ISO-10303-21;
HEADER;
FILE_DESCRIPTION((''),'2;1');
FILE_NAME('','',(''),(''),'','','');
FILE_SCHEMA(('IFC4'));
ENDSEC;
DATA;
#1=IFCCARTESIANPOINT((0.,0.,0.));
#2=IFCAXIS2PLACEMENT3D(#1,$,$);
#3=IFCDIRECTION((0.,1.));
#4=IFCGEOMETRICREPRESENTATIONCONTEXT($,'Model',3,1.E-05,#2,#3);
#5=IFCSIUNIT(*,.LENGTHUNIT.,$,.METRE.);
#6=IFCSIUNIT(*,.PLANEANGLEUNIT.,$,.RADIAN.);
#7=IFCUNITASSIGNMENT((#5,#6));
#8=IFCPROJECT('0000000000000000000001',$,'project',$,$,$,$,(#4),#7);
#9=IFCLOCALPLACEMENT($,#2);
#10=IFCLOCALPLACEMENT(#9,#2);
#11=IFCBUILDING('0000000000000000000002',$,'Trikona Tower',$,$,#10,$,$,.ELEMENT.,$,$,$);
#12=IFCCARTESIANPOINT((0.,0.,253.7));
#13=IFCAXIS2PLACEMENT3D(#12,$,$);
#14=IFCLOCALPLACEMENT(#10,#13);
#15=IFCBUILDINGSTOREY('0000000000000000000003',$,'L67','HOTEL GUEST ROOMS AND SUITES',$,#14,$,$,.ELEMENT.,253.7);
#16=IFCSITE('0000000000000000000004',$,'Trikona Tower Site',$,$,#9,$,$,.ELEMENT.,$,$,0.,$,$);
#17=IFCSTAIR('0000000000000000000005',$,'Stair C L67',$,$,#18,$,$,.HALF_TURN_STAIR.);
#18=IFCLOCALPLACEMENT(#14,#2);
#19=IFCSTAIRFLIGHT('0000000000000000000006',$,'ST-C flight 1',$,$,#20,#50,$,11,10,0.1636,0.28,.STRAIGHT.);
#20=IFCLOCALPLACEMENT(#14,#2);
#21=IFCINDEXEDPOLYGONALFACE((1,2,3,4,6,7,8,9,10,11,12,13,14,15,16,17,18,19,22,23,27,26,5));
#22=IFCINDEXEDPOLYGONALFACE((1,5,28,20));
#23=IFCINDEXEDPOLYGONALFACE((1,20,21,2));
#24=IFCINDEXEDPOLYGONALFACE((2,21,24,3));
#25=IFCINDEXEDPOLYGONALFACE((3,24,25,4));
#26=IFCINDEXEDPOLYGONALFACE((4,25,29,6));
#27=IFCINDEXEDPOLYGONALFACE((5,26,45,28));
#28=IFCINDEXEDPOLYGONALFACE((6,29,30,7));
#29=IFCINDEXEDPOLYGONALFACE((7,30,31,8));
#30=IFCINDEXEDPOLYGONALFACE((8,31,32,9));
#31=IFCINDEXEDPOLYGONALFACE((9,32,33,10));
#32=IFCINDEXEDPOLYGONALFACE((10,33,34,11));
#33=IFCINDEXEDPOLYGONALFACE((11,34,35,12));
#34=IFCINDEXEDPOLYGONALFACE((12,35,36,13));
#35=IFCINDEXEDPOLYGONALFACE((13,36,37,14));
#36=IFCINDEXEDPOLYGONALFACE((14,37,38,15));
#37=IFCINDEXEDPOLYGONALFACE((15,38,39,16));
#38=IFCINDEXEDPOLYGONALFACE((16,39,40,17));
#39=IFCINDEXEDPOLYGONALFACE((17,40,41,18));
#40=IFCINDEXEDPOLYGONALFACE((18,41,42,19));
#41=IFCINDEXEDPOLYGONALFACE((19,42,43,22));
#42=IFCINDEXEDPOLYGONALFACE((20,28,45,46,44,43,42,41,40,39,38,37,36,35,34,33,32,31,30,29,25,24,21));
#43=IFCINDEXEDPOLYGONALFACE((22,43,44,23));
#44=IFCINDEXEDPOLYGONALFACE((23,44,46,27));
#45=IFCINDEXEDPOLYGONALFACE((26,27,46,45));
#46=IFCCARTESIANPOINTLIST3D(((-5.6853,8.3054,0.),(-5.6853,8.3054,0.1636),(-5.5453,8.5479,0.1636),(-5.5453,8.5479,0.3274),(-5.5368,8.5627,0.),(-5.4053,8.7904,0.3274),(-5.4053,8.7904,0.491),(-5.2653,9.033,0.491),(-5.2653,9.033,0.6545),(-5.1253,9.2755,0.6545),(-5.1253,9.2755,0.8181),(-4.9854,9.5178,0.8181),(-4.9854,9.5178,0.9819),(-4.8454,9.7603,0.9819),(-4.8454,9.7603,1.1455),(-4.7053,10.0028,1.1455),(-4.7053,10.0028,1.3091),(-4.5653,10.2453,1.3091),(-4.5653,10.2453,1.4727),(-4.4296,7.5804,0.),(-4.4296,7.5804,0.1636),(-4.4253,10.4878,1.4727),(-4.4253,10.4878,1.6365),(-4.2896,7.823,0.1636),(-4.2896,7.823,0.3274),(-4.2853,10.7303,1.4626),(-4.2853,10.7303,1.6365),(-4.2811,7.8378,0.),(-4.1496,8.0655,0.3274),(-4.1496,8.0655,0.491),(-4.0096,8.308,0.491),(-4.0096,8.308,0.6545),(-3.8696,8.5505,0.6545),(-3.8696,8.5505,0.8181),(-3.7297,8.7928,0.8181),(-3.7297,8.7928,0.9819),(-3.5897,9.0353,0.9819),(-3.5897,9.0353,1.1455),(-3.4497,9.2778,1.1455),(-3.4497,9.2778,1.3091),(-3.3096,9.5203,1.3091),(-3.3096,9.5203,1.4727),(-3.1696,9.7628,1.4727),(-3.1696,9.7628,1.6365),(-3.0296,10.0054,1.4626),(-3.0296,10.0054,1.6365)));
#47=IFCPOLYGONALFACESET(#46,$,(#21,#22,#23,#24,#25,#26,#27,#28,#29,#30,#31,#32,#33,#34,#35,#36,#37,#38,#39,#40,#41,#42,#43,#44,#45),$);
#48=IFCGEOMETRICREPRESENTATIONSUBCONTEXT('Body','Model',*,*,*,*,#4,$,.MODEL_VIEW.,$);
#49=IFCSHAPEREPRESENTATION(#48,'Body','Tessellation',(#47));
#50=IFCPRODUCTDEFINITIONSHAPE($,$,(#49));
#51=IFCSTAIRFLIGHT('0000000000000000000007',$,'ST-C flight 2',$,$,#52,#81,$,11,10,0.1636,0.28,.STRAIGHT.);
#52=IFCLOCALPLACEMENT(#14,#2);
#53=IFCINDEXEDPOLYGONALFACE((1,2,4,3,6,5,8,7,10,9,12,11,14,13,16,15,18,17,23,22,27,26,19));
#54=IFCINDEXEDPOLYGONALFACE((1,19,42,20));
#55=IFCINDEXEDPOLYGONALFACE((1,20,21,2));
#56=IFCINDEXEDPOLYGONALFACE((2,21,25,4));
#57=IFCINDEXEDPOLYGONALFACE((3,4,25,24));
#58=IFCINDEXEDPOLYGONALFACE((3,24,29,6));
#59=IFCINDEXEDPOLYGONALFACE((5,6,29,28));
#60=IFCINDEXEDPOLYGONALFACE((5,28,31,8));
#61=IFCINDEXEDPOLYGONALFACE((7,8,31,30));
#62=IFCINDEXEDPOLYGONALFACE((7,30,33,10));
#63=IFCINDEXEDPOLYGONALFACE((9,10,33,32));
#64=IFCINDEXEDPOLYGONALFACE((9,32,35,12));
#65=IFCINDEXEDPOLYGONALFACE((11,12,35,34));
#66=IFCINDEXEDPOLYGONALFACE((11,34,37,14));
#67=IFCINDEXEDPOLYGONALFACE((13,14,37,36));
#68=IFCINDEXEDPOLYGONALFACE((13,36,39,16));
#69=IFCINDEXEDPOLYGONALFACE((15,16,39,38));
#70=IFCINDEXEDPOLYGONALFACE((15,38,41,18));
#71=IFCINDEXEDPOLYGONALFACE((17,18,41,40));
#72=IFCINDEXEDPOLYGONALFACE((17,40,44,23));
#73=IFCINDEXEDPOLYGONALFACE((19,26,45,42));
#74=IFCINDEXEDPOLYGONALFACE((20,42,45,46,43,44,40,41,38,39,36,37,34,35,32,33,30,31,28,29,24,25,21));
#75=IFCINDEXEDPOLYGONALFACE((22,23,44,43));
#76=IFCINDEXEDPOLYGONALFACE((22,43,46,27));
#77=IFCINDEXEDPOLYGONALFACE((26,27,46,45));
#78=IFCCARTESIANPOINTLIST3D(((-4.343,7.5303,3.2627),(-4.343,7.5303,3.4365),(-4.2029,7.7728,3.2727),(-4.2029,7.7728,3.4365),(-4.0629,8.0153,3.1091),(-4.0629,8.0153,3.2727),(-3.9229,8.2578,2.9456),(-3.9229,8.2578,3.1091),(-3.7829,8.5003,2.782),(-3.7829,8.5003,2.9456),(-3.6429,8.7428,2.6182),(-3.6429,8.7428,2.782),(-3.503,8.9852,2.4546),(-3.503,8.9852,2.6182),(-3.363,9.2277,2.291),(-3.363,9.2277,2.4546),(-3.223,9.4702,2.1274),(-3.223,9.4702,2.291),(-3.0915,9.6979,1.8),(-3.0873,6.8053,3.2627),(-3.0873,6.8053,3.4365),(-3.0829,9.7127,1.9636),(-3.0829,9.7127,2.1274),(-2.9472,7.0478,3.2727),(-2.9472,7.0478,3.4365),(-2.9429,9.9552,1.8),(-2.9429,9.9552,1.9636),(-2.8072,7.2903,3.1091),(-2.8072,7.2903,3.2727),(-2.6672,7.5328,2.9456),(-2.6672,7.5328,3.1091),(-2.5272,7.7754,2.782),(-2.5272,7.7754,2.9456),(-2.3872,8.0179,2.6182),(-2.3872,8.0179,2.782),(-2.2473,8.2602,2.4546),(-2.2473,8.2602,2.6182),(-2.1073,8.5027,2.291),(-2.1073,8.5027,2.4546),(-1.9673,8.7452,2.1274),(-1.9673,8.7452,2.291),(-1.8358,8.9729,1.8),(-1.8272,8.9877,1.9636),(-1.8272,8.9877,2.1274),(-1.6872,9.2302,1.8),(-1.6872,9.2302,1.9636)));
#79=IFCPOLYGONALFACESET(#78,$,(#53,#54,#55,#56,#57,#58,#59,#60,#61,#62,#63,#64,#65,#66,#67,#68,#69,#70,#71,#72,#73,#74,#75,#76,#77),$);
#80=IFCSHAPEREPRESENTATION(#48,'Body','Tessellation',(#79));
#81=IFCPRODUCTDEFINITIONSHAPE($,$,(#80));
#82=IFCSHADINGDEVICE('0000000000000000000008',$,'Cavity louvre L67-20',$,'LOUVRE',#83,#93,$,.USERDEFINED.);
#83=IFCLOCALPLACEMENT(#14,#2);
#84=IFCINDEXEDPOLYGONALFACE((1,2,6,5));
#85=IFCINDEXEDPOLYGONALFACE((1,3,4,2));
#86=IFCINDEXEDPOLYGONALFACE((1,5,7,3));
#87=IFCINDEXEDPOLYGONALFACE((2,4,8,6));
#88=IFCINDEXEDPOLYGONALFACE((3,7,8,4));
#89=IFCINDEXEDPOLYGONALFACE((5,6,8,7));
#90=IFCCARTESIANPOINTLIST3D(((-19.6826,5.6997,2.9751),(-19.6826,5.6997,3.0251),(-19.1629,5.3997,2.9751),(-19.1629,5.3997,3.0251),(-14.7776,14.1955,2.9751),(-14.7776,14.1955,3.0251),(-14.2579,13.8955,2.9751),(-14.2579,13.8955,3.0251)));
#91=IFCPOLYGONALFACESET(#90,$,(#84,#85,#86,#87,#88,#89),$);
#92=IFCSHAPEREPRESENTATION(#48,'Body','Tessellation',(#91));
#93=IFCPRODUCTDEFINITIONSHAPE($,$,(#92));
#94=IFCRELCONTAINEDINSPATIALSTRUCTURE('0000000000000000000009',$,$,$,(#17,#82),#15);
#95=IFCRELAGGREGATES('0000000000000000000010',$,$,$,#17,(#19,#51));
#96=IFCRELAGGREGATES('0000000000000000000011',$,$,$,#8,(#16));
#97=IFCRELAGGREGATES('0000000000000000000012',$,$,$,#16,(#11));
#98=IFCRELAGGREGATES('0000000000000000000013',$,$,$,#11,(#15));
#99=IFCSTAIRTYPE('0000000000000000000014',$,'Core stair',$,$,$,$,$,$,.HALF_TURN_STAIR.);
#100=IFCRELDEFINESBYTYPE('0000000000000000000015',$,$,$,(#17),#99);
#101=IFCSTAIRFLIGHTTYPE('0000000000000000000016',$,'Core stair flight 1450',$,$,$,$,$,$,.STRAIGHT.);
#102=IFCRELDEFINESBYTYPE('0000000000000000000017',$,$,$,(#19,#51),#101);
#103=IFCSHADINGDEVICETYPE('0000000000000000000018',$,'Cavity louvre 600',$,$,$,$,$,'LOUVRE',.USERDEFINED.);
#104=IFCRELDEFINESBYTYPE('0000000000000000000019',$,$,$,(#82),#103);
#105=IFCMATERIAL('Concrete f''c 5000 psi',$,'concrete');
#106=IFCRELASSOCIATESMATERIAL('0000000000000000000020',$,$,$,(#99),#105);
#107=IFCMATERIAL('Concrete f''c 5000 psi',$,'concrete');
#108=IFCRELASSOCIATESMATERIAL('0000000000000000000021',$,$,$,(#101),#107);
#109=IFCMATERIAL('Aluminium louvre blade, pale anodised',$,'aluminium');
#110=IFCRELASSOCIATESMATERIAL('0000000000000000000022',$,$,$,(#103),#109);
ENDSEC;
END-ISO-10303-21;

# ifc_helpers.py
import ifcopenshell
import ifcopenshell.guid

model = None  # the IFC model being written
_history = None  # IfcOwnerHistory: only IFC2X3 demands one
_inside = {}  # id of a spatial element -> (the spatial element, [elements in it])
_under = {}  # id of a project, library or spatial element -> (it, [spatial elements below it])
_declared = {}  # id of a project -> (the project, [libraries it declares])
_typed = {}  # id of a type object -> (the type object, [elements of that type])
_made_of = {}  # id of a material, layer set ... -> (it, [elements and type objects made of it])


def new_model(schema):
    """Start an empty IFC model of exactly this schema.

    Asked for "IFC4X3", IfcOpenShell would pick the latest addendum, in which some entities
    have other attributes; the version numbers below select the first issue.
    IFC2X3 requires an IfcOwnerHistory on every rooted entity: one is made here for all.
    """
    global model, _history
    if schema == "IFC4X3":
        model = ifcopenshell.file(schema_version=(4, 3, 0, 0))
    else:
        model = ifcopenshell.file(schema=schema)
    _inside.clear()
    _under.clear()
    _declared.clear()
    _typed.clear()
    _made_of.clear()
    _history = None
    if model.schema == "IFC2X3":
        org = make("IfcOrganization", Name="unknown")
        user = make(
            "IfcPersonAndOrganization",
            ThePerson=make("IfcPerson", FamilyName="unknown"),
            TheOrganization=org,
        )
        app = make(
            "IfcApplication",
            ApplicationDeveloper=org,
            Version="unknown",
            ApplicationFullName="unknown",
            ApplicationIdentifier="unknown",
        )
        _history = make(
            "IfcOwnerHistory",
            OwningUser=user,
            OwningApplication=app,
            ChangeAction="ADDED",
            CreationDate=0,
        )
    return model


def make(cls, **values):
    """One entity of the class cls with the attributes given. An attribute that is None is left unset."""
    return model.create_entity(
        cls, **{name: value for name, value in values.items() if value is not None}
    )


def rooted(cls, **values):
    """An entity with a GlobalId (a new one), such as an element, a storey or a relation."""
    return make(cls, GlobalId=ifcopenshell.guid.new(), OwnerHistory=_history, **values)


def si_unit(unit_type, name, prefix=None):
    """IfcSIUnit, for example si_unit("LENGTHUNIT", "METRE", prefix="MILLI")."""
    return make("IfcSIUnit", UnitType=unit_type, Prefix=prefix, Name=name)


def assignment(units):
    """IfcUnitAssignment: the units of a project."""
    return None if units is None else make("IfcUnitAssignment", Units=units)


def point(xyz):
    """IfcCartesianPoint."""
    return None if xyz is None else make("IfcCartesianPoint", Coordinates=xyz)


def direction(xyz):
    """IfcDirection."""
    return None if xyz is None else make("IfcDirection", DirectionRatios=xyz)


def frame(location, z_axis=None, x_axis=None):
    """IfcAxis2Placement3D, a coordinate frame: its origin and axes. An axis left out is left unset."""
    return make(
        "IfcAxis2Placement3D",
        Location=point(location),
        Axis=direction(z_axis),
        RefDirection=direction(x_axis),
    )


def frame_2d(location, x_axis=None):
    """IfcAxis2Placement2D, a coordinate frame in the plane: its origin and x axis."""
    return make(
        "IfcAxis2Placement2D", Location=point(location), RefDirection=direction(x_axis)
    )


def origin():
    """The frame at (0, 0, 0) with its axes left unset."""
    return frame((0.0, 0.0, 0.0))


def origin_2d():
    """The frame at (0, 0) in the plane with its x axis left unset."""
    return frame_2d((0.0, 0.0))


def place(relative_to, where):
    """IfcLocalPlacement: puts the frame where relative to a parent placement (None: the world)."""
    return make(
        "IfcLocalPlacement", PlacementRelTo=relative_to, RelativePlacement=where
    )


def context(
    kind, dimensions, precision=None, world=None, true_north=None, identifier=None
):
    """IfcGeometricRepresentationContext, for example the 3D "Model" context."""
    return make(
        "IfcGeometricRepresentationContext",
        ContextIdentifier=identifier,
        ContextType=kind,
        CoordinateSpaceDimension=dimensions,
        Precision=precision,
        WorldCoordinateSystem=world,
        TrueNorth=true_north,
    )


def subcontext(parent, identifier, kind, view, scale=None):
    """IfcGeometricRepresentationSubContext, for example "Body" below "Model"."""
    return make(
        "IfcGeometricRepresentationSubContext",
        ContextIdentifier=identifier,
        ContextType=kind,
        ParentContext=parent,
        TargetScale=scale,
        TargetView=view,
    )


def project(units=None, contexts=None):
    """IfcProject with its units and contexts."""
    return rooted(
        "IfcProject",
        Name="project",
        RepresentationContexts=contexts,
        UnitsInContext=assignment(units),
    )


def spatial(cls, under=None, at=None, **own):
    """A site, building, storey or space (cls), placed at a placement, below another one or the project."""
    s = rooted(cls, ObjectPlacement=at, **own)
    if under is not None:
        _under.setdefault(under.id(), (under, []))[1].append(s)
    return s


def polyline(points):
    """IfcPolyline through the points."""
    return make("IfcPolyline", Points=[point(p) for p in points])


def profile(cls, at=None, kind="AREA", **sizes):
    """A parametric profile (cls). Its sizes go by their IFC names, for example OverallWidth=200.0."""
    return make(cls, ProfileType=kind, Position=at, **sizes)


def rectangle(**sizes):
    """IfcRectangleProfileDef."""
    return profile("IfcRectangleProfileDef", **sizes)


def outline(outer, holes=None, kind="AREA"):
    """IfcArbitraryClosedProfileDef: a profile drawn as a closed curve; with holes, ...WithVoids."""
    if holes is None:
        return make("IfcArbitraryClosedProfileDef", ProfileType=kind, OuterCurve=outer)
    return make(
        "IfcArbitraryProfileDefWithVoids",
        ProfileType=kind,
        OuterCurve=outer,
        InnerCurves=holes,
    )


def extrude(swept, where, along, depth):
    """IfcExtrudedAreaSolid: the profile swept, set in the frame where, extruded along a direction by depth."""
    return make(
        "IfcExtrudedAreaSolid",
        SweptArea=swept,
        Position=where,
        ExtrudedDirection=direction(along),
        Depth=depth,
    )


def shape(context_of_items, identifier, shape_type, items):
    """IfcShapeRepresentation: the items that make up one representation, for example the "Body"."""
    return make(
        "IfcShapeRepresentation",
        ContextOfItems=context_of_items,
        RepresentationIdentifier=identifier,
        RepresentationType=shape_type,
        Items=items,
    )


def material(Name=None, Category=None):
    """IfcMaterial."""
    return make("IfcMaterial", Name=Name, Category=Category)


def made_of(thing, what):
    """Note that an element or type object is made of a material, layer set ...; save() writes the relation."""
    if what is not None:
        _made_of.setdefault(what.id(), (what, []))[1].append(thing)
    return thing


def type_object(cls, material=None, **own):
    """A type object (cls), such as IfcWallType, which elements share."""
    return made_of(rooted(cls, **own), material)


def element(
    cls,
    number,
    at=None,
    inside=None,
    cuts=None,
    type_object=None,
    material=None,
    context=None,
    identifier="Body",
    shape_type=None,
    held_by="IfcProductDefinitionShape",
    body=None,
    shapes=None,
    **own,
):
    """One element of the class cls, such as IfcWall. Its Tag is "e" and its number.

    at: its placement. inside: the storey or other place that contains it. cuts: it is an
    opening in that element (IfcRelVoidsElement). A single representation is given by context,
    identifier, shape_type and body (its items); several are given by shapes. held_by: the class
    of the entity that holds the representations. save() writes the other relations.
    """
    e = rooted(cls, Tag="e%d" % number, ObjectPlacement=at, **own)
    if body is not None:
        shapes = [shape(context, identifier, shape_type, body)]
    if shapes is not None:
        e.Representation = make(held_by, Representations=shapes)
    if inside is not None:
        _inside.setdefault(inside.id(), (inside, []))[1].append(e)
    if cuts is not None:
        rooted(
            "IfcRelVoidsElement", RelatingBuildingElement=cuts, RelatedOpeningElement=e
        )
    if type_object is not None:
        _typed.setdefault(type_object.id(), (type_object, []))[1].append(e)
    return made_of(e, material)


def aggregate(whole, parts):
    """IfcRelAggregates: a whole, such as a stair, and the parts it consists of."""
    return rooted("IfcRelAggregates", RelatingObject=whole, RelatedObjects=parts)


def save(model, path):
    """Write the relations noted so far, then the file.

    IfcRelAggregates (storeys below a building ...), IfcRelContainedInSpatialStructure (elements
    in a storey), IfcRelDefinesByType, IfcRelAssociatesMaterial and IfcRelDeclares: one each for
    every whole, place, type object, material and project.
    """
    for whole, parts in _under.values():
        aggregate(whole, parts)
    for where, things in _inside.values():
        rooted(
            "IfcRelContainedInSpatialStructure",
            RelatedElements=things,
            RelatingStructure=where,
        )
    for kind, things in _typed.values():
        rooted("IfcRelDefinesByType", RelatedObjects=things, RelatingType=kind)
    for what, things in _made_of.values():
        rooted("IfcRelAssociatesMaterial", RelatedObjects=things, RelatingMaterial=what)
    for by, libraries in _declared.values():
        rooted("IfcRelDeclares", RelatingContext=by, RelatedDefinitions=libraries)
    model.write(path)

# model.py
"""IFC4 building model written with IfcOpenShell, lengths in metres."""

from ifc_helpers import new_model, si_unit, direction, frame, origin, origin_2d, place, context, subcontext, project, spatial, polyline, rectangle, outline, extrude, material, type_object, element, aggregate, save


model = new_model("IFC4")

# Units and contexts
model_context = context("Model", 3, precision=1e-05, world=origin(), true_north=direction((0.0, 1.0)))
body_context = subcontext(model_context, "Body", "Model", "MODEL_VIEW")
ifc_project = project(units=[si_unit("LENGTHUNIT", "METRE"), si_unit("PLANEANGLEUNIT", "RADIAN")], contexts=[model_context])

# Site, building, storey
site_placement = place(None, origin())
site = spatial("IfcSite", under=ifc_project, at=site_placement, Name="Trikona Tower Site", CompositionType="ELEMENT", RefElevation=0.0)
building_placement = place(site_placement, origin())
building = spatial("IfcBuilding", under=site, at=building_placement, Name="Trikona Tower", CompositionType="ELEMENT")
storey_placement = place(building_placement, frame((0.0, 0.0, 253.7)))
storey = spatial("IfcBuildingStorey", under=building, at=storey_placement, Name="L67", Description="HOTEL GUEST ROOMS AND SUITES", CompositionType="ELEMENT", Elevation=253.7)

# Stair, stair flights
ifc_material_1 = material(Name="Concrete f'c 5000 psi", Category="concrete")
stair_type = type_object("IfcStairType", Name="Core stair", PredefinedType="HALF_TURN_STAIR", material=ifc_material_1)
stair_placement = place(storey_placement, origin())
stair = element("IfcStair", 1, at=stair_placement, inside=storey, type_object=stair_type, Name="Stair C L67", PredefinedType="HALF_TURN_STAIR")
ifc_material_2 = material(Name="Concrete f'c 5000 psi", Category="concrete")
stair_flight_type = type_object("IfcStairFlightType", Name="Core stair flight 1450", PredefinedType="STRAIGHT", material=ifc_material_2)
stair_flight_1_placement = place(storey_placement, frame((-5.0574, 7.9429, 0.0), z_axis=(0.0, 0.0, 1.0), x_axis=(0.5, 0.866025, 0.0)))
stair_flight_1 = element("IfcStairFlight", 2, at=stair_flight_1_placement, type_object=stair_flight_type, Name="ST-C flight 1", NumberOfRisers=11, NumberOfTreads=10, PredefinedType="STRAIGHT", RiserHeight=0.1636, TreadLength=0.28, context=body_context, shape_type="SweptSolid", body=[
    extrude(outline(polyline([(0.0, 0.0), (0.0, 0.1636), (0.28, 0.1636), (0.28, 0.3274), (0.5601, 0.3274), (0.5601, 0.491), (0.8401, 0.491), (0.8401, 0.6545), (1.1201, 0.6545), (1.1201, 0.8181), (1.3999, 0.8181), (1.3999, 0.9819), (1.6799, 0.9819), (1.6799, 1.1455), (1.96, 1.1455), (1.96, 1.3091), (2.24, 1.3091), (2.24, 1.4727), (2.52, 1.4727), (2.52, 1.6365), (2.8, 1.6365), (2.8, 1.8), (2.8, 1.4626), (0.2971, 0.0), (0.0, 0.0)])), frame((0.0, 0.7251, 0.0), z_axis=(0.0, -1.0, 0.0), x_axis=(1.0, 0.0, 0.0)), (0.0, 0.0, 1.0), 1.45),
])
stair_flight_2_placement = place(storey_placement, frame((-2.3152, 9.5928, 1.8), z_axis=(0.0, 0.0, 1.0), x_axis=(-0.5, -0.866025, 0.0)))
stair_flight_2 = element("IfcStairFlight", 3, at=stair_flight_2_placement, type_object=stair_flight_type, Name="ST-C flight 2", NumberOfRisers=11, NumberOfTreads=10, PredefinedType="STRAIGHT", RiserHeight=0.1636, TreadLength=0.28, context=body_context, shape_type="SweptSolid", body=[
    extrude(outline(polyline([(0.0, 0.0), (0.0, 0.1636), (0.28, 0.1636), (0.28, 0.3274), (0.5601, 0.3274), (0.5601, 0.491), (0.8401, 0.491), (0.8401, 0.6545), (1.1201, 0.6545), (1.1201, 0.8181), (1.3999, 0.8181), (1.3999, 0.9819), (1.6799, 0.9819), (1.6799, 1.1455), (1.96, 1.1455), (1.96, 1.3091), (2.24, 1.3091), (2.24, 1.4727), (2.52, 1.4727), (2.52, 1.6365), (2.8, 1.6365), (2.8, 1.8), (2.8, 1.4626), (0.2971, 0.0), (0.0, 0.0)])), frame((0.0, 0.7251, 0.0), z_axis=(0.0, -1.0, 0.0), x_axis=(1.0, 0.0, 0.0)), (0.0, 0.0, 1.0), 1.45),
])
aggregate(stair, [stair_flight_1, stair_flight_2])

# Shading device
ifc_material_3 = material(Name="Aluminium louvre blade, pale anodised", Category="aluminium")
shading_device_type = type_object("IfcShadingDeviceType", Name="Cavity louvre 600", ElementType="LOUVRE", PredefinedType="USERDEFINED", material=ifc_material_3)
shading_device_placement = place(storey_placement, frame((-16.9702, 9.7976, 2.9751), z_axis=(0.0, 0.0, 1.0), x_axis=(-0.499998, -0.866026, 0.0)))
element("IfcShadingDevice", 4, at=shading_device_placement, inside=storey, type_object=shading_device_type, Name="Cavity louvre L67-20", ObjectType="LOUVRE", PredefinedType="USERDEFINED", context=body_context, shape_type="SweptSolid", body=[
    extrude(rectangle(XDim=9.8101, YDim=0.6001, at=origin_2d()), origin(), (0.0, 0.0, 1.0), 0.05),
])

save(model, "model.ifc")
